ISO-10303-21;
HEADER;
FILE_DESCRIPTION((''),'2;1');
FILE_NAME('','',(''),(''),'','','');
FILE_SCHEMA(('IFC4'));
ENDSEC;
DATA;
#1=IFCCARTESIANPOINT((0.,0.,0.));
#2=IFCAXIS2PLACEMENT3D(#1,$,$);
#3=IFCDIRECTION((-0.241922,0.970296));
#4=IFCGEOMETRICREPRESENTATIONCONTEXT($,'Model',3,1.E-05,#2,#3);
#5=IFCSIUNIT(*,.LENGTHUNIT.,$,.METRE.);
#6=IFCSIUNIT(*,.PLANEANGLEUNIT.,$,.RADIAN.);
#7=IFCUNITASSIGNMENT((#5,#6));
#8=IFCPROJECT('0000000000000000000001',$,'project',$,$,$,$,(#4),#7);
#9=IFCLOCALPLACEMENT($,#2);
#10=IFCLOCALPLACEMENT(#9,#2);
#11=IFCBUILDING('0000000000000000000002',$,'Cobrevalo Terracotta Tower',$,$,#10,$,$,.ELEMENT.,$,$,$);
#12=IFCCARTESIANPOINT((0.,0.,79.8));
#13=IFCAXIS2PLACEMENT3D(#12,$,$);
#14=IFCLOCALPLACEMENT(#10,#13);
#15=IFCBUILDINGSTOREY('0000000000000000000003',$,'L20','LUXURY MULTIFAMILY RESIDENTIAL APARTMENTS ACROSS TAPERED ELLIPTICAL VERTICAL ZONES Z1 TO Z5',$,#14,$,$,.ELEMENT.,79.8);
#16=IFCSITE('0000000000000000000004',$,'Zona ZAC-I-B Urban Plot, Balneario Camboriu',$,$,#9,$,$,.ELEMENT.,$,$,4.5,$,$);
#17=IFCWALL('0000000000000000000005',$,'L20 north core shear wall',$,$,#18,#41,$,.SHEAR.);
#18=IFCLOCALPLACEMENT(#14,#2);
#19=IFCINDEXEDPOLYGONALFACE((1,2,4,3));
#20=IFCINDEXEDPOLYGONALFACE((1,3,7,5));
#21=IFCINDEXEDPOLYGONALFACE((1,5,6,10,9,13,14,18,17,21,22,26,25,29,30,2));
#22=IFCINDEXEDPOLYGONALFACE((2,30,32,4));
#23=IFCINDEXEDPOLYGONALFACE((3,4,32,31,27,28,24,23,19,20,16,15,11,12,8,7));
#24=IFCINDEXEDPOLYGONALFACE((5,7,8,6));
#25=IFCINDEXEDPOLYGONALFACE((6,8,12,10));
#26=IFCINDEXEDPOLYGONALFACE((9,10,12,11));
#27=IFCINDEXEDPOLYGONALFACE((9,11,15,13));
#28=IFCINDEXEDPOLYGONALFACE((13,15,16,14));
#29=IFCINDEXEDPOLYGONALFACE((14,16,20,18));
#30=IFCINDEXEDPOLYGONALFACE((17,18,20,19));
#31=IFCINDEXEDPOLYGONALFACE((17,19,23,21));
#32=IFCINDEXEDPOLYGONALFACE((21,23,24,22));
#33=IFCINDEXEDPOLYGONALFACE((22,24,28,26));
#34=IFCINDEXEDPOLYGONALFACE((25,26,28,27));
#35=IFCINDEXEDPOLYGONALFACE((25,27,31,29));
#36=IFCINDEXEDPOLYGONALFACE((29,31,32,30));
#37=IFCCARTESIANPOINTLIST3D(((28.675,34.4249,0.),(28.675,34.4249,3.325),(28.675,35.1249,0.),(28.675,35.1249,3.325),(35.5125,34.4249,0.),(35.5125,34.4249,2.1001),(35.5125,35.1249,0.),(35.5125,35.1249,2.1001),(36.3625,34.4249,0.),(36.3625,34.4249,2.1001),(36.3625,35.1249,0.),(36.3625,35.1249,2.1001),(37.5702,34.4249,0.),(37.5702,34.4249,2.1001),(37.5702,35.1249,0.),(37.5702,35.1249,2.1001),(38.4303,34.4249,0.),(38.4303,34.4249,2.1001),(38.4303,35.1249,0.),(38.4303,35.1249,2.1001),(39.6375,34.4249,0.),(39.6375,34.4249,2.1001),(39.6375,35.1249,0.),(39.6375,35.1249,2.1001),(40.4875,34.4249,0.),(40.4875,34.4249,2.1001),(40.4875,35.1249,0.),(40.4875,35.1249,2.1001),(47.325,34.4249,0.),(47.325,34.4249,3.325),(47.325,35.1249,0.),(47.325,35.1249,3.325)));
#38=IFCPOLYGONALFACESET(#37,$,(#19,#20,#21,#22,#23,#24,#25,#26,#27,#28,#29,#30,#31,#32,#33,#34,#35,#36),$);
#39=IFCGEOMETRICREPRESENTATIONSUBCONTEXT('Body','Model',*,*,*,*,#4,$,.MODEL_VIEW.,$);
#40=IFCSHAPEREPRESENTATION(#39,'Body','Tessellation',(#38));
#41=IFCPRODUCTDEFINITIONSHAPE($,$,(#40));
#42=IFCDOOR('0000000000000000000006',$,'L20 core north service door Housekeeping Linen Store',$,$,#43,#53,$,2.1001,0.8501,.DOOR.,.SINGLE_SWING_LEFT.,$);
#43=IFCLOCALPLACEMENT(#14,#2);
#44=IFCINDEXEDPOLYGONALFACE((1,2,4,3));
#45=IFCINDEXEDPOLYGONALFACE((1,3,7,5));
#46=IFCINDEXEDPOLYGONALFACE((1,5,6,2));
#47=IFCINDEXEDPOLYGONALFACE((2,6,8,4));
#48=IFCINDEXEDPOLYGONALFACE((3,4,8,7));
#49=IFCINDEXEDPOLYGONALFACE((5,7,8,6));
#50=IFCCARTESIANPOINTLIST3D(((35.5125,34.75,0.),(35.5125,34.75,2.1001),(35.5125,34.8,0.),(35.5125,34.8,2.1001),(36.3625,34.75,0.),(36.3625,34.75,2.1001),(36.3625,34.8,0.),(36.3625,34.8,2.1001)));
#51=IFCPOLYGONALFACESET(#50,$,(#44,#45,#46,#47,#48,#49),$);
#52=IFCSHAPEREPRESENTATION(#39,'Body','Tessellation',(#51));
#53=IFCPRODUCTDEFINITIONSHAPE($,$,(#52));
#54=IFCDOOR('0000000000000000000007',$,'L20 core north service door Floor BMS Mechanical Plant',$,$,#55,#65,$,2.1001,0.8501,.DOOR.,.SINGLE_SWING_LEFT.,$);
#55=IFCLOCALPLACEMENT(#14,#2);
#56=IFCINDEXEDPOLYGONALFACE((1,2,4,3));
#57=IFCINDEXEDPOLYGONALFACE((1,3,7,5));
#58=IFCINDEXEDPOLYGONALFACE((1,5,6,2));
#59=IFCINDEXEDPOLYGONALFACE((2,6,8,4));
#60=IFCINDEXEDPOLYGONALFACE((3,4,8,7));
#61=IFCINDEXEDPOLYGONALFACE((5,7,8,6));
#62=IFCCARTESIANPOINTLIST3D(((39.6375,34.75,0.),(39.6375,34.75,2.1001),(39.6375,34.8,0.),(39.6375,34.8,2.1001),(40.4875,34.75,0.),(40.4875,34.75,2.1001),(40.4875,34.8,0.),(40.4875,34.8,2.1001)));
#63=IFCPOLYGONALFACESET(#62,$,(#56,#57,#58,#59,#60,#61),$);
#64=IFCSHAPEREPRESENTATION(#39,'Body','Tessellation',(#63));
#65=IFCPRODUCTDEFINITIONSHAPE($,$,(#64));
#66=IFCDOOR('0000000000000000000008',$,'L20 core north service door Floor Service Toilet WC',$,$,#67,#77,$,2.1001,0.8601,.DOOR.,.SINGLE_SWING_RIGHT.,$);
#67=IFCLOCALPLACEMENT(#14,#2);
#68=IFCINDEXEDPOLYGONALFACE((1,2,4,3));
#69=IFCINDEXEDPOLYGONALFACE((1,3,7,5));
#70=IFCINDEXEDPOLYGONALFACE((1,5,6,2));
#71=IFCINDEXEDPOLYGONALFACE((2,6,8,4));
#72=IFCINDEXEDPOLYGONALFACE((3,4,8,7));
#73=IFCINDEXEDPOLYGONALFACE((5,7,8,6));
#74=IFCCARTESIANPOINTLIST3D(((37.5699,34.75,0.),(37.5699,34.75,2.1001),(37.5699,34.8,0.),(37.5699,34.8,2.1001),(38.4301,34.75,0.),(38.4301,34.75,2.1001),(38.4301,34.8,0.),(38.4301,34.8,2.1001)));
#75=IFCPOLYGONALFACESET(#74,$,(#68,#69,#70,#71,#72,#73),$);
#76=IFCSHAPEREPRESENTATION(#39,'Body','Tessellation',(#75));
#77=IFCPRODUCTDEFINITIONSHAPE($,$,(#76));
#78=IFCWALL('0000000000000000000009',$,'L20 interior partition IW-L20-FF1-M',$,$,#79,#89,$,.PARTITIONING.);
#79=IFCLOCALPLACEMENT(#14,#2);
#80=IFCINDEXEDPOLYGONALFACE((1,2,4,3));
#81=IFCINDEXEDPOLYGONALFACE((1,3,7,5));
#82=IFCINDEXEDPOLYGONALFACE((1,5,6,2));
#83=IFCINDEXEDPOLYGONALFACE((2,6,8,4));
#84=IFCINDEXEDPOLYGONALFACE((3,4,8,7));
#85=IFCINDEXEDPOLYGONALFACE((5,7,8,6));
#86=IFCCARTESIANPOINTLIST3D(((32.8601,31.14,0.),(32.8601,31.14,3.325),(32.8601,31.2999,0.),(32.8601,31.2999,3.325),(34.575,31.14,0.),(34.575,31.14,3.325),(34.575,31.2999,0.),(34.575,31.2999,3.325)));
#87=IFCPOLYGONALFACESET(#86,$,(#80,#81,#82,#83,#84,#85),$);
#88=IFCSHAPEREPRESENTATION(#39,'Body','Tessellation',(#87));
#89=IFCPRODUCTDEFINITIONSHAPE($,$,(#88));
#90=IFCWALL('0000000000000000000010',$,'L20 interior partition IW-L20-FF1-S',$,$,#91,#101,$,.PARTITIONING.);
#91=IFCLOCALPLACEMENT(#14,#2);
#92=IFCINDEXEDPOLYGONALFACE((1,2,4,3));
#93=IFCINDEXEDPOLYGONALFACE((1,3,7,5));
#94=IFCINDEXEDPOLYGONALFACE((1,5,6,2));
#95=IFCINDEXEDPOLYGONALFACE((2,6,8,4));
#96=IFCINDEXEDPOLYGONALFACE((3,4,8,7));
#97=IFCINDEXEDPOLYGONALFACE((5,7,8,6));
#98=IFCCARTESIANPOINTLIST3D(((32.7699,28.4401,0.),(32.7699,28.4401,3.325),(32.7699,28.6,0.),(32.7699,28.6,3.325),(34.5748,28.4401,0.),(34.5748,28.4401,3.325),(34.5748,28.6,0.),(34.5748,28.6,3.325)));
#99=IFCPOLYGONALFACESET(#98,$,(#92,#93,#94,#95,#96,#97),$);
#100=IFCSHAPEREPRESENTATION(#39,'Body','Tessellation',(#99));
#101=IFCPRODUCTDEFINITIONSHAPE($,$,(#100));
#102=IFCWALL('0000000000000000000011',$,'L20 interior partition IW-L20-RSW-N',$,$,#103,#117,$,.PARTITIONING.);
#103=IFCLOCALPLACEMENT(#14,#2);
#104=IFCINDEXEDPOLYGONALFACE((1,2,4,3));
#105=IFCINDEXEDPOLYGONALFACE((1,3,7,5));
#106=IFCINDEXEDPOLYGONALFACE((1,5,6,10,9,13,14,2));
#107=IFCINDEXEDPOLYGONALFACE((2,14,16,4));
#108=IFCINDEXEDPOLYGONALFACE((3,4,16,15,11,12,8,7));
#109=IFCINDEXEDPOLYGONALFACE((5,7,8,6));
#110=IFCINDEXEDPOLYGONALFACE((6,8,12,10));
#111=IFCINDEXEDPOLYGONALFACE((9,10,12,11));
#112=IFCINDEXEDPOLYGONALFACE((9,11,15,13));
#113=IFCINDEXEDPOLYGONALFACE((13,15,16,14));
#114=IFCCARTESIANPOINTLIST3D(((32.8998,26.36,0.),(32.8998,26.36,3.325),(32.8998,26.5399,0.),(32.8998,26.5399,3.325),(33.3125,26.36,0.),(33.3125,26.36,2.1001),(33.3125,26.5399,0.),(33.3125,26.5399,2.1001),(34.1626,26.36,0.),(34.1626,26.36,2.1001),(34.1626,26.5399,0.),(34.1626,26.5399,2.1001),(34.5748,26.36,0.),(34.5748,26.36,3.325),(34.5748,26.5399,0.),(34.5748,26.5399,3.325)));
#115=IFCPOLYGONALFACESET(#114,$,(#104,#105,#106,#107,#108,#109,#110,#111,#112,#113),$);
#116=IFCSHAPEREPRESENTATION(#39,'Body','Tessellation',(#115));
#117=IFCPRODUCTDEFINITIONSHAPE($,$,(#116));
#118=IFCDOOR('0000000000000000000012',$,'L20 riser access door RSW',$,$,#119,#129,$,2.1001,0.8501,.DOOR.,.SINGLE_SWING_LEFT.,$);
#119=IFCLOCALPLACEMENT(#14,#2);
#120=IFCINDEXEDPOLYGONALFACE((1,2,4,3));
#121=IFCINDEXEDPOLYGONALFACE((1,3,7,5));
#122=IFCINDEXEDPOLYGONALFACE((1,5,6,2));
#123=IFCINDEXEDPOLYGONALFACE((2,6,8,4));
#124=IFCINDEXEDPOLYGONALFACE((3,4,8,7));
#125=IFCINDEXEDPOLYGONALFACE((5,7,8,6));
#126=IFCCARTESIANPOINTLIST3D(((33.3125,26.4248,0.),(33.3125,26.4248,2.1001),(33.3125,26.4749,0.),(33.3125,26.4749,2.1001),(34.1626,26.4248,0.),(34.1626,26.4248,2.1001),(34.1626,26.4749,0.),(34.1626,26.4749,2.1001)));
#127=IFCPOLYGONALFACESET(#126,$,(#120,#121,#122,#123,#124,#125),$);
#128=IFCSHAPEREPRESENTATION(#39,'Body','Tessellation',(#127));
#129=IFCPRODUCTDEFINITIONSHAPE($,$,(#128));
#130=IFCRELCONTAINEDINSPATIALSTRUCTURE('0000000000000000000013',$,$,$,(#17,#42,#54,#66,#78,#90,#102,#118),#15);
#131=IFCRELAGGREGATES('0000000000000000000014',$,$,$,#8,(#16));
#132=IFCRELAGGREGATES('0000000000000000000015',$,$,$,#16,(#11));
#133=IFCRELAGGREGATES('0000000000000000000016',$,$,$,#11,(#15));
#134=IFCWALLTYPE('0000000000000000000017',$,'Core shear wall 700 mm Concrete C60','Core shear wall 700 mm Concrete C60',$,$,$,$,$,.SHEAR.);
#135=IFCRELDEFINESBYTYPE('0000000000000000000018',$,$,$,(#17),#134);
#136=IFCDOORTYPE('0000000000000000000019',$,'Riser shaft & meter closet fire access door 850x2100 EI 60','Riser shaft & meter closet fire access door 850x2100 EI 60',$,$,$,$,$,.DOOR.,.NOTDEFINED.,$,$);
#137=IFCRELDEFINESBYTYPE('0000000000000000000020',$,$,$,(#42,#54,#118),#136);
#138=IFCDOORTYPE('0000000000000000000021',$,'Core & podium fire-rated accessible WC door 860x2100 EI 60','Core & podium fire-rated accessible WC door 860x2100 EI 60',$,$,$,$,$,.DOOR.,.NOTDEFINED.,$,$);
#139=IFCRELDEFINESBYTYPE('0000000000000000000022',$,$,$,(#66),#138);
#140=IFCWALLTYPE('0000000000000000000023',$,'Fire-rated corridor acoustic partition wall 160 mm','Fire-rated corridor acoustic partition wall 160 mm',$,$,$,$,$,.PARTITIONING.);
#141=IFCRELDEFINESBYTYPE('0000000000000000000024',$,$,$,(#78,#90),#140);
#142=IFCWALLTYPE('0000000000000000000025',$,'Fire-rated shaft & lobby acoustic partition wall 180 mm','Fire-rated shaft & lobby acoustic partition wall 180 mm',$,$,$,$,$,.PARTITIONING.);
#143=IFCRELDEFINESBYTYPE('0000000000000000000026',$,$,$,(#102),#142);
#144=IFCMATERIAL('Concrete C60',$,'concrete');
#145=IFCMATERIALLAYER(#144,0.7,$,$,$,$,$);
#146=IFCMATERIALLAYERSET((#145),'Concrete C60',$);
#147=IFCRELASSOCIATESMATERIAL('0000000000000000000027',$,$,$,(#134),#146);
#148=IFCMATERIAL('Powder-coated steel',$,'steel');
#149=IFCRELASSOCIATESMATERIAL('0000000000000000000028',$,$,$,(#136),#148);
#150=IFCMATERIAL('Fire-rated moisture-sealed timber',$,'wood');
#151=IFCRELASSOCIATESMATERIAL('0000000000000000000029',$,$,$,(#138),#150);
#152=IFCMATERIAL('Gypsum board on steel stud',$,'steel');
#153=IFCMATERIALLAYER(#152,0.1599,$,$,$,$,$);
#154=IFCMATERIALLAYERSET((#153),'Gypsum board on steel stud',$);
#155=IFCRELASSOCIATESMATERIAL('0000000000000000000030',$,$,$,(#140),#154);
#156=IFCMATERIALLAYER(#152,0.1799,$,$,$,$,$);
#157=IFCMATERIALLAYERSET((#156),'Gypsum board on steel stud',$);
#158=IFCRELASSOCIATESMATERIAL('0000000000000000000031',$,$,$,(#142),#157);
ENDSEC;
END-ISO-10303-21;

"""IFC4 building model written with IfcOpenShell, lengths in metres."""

from ifc_helpers import new_model, si_unit, direction, frame, frame_2d, origin, place, context, subcontext, project, spatial, rectangle, extrude, source, transform, mapped, material, layer, layer_set, type_object, element, fill, save


model = new_model("IFC4")

# Units and contexts
model_context = context("Model", 3, precision=1e-05, world=origin(), true_north=direction((-0.241922, 0.970296)))
body_context = subcontext(model_context, "Body", "Model", "MODEL_VIEW")
ifc_project = project(units=[si_unit("LENGTHUNIT", "METRE"), si_unit("PLANEANGLEUNIT", "RADIAN")], contexts=[model_context])

# Site, building, storey
site_placement = place(None, origin())
site = spatial("IfcSite", under=ifc_project, at=site_placement, Name="Zona ZAC-I-B Urban Plot, Balneario Camboriu", CompositionType="ELEMENT", RefElevation=4.5)
building_placement = place(site_placement, origin())
building = spatial("IfcBuilding", under=site, at=building_placement, Name="Cobrevalo Terracotta Tower", CompositionType="ELEMENT")
storey_placement = place(building_placement, frame((0.0, 0.0, 79.8)))
storey = spatial("IfcBuildingStorey", under=building, at=storey_placement, Name="L20", Description="LUXURY MULTIFAMILY RESIDENTIAL APARTMENTS ACROSS TAPERED ELLIPTICAL VERTICAL ZONES Z1 TO Z5", CompositionType="ELEMENT", Elevation=79.8)

# Wall, openings, doors
ifc_material_1 = material(Name="Concrete C60", Category="concrete")
ifc_layer_1 = layer(ifc_material_1, 0.7)
ifc_layer_set_1 = layer_set([ifc_layer_1], Name="Concrete C60")
wall_type_1 = type_object("IfcWallType", Name="Core shear wall 700 mm Concrete C60", Description="Core shear wall 700 mm Concrete C60", PredefinedType="SHEAR", material=ifc_layer_set_1)
wall_1_placement = place(storey_placement, frame((28.675, 34.7749, 0.0), z_axis=(0.0, 0.0, 1.0), x_axis=(1.0, 0.0, 0.0)))
wall_1 = element("IfcWall", 1, at=wall_1_placement, inside=storey, type_object=wall_type_1, Name="L20 north core shear wall", PredefinedType="SHEAR", context=body_context, shape_type="SweptSolid", body=[
    extrude(rectangle(XDim=18.6499, YDim=0.7, at=frame_2d((9.325, 0.0))), origin(), (0.0, 0.0, 1.0), 3.325),
])
opening_1_placement = place(wall_1_placement, frame((6.8374, 0.0, 0.0)))
opening_1 = element("IfcOpeningElement", 2, at=opening_1_placement, cuts=wall_1, PredefinedType="OPENING", context=body_context, shape_type="SweptSolid", body=[
    extrude(rectangle(XDim=0.8501, YDim=2.1001, at=frame_2d((0.425, 1.05))), frame((0.0, 0.3599, 0.0), z_axis=(0.0, -1.0, 0.0), x_axis=(1.0, 0.0, 0.0)), (0.0, 0.0, 1.0), 0.72),
])
opening_2_placement = place(wall_1_placement, frame((8.895, 0.0, 0.0)))
opening_2 = element("IfcOpeningElement", 3, at=opening_2_placement, cuts=wall_1, PredefinedType="OPENING", context=body_context, shape_type="SweptSolid", body=[
    extrude(rectangle(XDim=0.8601, YDim=2.1001, at=frame_2d((0.4302, 1.05))), frame((0.0, 0.3599, 0.0), z_axis=(0.0, -1.0, 0.0), x_axis=(1.0, 0.0, 0.0)), (0.0, 0.0, 1.0), 0.72),
])
opening_3_placement = place(wall_1_placement, frame((10.9624, 0.0, 0.0)))
opening_3 = element("IfcOpeningElement", 4, at=opening_3_placement, cuts=wall_1, PredefinedType="OPENING", context=body_context, shape_type="SweptSolid", body=[
    extrude(rectangle(XDim=0.8501, YDim=2.1001, at=frame_2d((0.425, 1.05))), frame((0.0, 0.3599, 0.0), z_axis=(0.0, -1.0, 0.0), x_axis=(1.0, 0.0, 0.0)), (0.0, 0.0, 1.0), 0.72),
])
ifc_material_2 = material(Name="Powder-coated steel", Category="steel")
door_type_1 = type_object("IfcDoorType", Name="Riser shaft & meter closet fire access door 850x2100 EI 60", Description="Riser shaft & meter closet fire access door 850x2100 EI 60", OperationType="NOTDEFINED", PredefinedType="DOOR", material=ifc_material_2)
shared_shape_1 = source(origin(), body_context, "Body", "SweptSolid", [
    extrude(rectangle(XDim=0.8501, YDim=2.1001, at=frame_2d((0.425, 1.05))), frame((0.0, 0.0249, 0.0), z_axis=(0.0, -1.0, 0.0), x_axis=(1.0, 0.0, 0.0)), (0.0, 0.0, 1.0), 0.05),
])
door_1_placement = place(opening_1_placement, frame((0.8501, 0.0, 0.0), z_axis=(0.0, 0.0, 1.0), x_axis=(-1.0, 0.0, 0.0)))
door_1 = element("IfcDoor", 5, at=door_1_placement, inside=storey, type_object=door_type_1, Name="L20 core north service door Housekeeping Linen Store", OperationType="SINGLE_SWING_LEFT", OverallHeight=2.1001, OverallWidth=0.8501, PredefinedType="DOOR", context=body_context, shape_type="MappedRepresentation", body=[
    mapped(shared_shape_1, transform((0.0, 0.0, 0.0), scale=1.0)),
])
fill(opening_1, door_1)
door_2_placement = place(opening_3_placement, frame((0.8501, 0.0, 0.0), z_axis=(0.0, 0.0, 1.0), x_axis=(-1.0, 0.0, 0.0)))
door_2 = element("IfcDoor", 6, at=door_2_placement, inside=storey, type_object=door_type_1, Name="L20 core north service door Floor BMS Mechanical Plant", OperationType="SINGLE_SWING_LEFT", OverallHeight=2.1001, OverallWidth=0.8501, PredefinedType="DOOR", context=body_context, shape_type="MappedRepresentation", body=[
    mapped(shared_shape_1, transform((0.0, 0.0, 0.0), scale=1.0)),
])
fill(opening_3, door_2)
ifc_material_3 = material(Name="Fire-rated moisture-sealed timber", Category="wood")
door_type_2 = type_object("IfcDoorType", Name="Core & podium fire-rated accessible WC door 860x2100 EI 60", Description="Core & podium fire-rated accessible WC door 860x2100 EI 60", OperationType="NOTDEFINED", PredefinedType="DOOR", material=ifc_material_3)
shared_shape_2 = source(origin(), body_context, "Body", "SweptSolid", [
    extrude(rectangle(XDim=0.8601, YDim=2.1001, at=frame_2d((0.4302, 1.05))), frame((0.0, 0.0249, 0.0), z_axis=(0.0, -1.0, 0.0), x_axis=(1.0, 0.0, 0.0)), (0.0, 0.0, 1.0), 0.05),
])
door_3_placement = place(opening_2_placement, frame((0.8601, 0.0, 0.0), z_axis=(0.0, 0.0, 1.0), x_axis=(-1.0, 0.0, 0.0)))
door_3 = element("IfcDoor", 7, at=door_3_placement, inside=storey, type_object=door_type_2, Name="L20 core north service door Floor Service Toilet WC", OperationType="SINGLE_SWING_RIGHT", OverallHeight=2.1001, OverallWidth=0.8601, PredefinedType="DOOR", context=body_context, shape_type="MappedRepresentation", body=[
    mapped(shared_shape_2, transform((0.0, 0.0, 0.0), scale=1.0)),
])
fill(opening_2, door_3)

# Walls
ifc_material_4 = material(Name="Gypsum board on steel stud", Category="steel")
ifc_layer_2 = layer(ifc_material_4, 0.1599)
ifc_layer_set_2 = layer_set([ifc_layer_2], Name="Gypsum board on steel stud")
wall_type_2 = type_object("IfcWallType", Name="Fire-rated corridor acoustic partition wall 160 mm", Description="Fire-rated corridor acoustic partition wall 160 mm", PredefinedType="PARTITIONING", material=ifc_layer_set_2)
wall_2_placement = place(storey_placement, frame((32.8601, 31.22, 0.0), z_axis=(0.0, 0.0, 1.0), x_axis=(1.0, 0.0, 0.0)))
element("IfcWall", 8, at=wall_2_placement, inside=storey, type_object=wall_type_2, Name="L20 interior partition IW-L20-FF1-M", PredefinedType="PARTITIONING", context=body_context, shape_type="SweptSolid", body=[
    extrude(rectangle(XDim=1.7148, YDim=0.1599, at=frame_2d((0.8574, 0.0))), origin(), (0.0, 0.0, 1.0), 3.325),
])
wall_3_placement = place(storey_placement, frame((32.77, 28.52, 0.0), z_axis=(0.0, 0.0, 1.0), x_axis=(1.0, 0.0, 0.0)))
element("IfcWall", 9, at=wall_3_placement, inside=storey, type_object=wall_type_2, Name="L20 interior partition IW-L20-FF1-S", PredefinedType="PARTITIONING", context=body_context, shape_type="SweptSolid", body=[
    extrude(rectangle(XDim=1.8049, YDim=0.1599, at=frame_2d((0.9023, 0.0))), origin(), (0.0, 0.0, 1.0), 3.325),
])

# Wall, opening, door
ifc_layer_3 = layer(ifc_material_4, 0.1799)
ifc_layer_set_3 = layer_set([ifc_layer_3], Name="Gypsum board on steel stud")
wall_type_3 = type_object("IfcWallType", Name="Fire-rated shaft & lobby acoustic partition wall 180 mm", Description="Fire-rated shaft & lobby acoustic partition wall 180 mm", PredefinedType="PARTITIONING", material=ifc_layer_set_3)
wall_4_placement = place(storey_placement, frame((32.8999, 26.45, 0.0), z_axis=(0.0, 0.0, 1.0), x_axis=(1.0, 0.0, 0.0)))
wall_4 = element("IfcWall", 10, at=wall_4_placement, inside=storey, type_object=wall_type_3, Name="L20 interior partition IW-L20-RSW-N", PredefinedType="PARTITIONING", context=body_context, shape_type="SweptSolid", body=[
    extrude(rectangle(XDim=1.675, YDim=0.1799, at=frame_2d((0.8374, 0.0))), origin(), (0.0, 0.0, 1.0), 3.325),
])
opening_4_placement = place(wall_4_placement, frame((0.4126, 0.0, 0.0)))
opening_4 = element("IfcOpeningElement", 11, at=opening_4_placement, cuts=wall_4, PredefinedType="OPENING", context=body_context, shape_type="SweptSolid", body=[
    extrude(rectangle(XDim=0.8501, YDim=2.1001, at=frame_2d((0.425, 1.05))), frame((0.0, 0.1001, 0.0), z_axis=(0.0, -1.0, 0.0), x_axis=(1.0, 0.0, 0.0)), (0.0, 0.0, 1.0), 0.2),
])
door_4_placement = place(opening_4_placement, origin())
door_4 = element("IfcDoor", 12, at=door_4_placement, inside=storey, type_object=door_type_1, Name="L20 riser access door RSW", OperationType="SINGLE_SWING_LEFT", OverallHeight=2.1001, OverallWidth=0.8501, PredefinedType="DOOR", context=body_context, shape_type="MappedRepresentation", body=[
    mapped(shared_shape_1, transform((0.0, 0.0, 0.0), scale=1.0)),
])
fill(opening_4, door_4)

save(model, "model.ifc")
